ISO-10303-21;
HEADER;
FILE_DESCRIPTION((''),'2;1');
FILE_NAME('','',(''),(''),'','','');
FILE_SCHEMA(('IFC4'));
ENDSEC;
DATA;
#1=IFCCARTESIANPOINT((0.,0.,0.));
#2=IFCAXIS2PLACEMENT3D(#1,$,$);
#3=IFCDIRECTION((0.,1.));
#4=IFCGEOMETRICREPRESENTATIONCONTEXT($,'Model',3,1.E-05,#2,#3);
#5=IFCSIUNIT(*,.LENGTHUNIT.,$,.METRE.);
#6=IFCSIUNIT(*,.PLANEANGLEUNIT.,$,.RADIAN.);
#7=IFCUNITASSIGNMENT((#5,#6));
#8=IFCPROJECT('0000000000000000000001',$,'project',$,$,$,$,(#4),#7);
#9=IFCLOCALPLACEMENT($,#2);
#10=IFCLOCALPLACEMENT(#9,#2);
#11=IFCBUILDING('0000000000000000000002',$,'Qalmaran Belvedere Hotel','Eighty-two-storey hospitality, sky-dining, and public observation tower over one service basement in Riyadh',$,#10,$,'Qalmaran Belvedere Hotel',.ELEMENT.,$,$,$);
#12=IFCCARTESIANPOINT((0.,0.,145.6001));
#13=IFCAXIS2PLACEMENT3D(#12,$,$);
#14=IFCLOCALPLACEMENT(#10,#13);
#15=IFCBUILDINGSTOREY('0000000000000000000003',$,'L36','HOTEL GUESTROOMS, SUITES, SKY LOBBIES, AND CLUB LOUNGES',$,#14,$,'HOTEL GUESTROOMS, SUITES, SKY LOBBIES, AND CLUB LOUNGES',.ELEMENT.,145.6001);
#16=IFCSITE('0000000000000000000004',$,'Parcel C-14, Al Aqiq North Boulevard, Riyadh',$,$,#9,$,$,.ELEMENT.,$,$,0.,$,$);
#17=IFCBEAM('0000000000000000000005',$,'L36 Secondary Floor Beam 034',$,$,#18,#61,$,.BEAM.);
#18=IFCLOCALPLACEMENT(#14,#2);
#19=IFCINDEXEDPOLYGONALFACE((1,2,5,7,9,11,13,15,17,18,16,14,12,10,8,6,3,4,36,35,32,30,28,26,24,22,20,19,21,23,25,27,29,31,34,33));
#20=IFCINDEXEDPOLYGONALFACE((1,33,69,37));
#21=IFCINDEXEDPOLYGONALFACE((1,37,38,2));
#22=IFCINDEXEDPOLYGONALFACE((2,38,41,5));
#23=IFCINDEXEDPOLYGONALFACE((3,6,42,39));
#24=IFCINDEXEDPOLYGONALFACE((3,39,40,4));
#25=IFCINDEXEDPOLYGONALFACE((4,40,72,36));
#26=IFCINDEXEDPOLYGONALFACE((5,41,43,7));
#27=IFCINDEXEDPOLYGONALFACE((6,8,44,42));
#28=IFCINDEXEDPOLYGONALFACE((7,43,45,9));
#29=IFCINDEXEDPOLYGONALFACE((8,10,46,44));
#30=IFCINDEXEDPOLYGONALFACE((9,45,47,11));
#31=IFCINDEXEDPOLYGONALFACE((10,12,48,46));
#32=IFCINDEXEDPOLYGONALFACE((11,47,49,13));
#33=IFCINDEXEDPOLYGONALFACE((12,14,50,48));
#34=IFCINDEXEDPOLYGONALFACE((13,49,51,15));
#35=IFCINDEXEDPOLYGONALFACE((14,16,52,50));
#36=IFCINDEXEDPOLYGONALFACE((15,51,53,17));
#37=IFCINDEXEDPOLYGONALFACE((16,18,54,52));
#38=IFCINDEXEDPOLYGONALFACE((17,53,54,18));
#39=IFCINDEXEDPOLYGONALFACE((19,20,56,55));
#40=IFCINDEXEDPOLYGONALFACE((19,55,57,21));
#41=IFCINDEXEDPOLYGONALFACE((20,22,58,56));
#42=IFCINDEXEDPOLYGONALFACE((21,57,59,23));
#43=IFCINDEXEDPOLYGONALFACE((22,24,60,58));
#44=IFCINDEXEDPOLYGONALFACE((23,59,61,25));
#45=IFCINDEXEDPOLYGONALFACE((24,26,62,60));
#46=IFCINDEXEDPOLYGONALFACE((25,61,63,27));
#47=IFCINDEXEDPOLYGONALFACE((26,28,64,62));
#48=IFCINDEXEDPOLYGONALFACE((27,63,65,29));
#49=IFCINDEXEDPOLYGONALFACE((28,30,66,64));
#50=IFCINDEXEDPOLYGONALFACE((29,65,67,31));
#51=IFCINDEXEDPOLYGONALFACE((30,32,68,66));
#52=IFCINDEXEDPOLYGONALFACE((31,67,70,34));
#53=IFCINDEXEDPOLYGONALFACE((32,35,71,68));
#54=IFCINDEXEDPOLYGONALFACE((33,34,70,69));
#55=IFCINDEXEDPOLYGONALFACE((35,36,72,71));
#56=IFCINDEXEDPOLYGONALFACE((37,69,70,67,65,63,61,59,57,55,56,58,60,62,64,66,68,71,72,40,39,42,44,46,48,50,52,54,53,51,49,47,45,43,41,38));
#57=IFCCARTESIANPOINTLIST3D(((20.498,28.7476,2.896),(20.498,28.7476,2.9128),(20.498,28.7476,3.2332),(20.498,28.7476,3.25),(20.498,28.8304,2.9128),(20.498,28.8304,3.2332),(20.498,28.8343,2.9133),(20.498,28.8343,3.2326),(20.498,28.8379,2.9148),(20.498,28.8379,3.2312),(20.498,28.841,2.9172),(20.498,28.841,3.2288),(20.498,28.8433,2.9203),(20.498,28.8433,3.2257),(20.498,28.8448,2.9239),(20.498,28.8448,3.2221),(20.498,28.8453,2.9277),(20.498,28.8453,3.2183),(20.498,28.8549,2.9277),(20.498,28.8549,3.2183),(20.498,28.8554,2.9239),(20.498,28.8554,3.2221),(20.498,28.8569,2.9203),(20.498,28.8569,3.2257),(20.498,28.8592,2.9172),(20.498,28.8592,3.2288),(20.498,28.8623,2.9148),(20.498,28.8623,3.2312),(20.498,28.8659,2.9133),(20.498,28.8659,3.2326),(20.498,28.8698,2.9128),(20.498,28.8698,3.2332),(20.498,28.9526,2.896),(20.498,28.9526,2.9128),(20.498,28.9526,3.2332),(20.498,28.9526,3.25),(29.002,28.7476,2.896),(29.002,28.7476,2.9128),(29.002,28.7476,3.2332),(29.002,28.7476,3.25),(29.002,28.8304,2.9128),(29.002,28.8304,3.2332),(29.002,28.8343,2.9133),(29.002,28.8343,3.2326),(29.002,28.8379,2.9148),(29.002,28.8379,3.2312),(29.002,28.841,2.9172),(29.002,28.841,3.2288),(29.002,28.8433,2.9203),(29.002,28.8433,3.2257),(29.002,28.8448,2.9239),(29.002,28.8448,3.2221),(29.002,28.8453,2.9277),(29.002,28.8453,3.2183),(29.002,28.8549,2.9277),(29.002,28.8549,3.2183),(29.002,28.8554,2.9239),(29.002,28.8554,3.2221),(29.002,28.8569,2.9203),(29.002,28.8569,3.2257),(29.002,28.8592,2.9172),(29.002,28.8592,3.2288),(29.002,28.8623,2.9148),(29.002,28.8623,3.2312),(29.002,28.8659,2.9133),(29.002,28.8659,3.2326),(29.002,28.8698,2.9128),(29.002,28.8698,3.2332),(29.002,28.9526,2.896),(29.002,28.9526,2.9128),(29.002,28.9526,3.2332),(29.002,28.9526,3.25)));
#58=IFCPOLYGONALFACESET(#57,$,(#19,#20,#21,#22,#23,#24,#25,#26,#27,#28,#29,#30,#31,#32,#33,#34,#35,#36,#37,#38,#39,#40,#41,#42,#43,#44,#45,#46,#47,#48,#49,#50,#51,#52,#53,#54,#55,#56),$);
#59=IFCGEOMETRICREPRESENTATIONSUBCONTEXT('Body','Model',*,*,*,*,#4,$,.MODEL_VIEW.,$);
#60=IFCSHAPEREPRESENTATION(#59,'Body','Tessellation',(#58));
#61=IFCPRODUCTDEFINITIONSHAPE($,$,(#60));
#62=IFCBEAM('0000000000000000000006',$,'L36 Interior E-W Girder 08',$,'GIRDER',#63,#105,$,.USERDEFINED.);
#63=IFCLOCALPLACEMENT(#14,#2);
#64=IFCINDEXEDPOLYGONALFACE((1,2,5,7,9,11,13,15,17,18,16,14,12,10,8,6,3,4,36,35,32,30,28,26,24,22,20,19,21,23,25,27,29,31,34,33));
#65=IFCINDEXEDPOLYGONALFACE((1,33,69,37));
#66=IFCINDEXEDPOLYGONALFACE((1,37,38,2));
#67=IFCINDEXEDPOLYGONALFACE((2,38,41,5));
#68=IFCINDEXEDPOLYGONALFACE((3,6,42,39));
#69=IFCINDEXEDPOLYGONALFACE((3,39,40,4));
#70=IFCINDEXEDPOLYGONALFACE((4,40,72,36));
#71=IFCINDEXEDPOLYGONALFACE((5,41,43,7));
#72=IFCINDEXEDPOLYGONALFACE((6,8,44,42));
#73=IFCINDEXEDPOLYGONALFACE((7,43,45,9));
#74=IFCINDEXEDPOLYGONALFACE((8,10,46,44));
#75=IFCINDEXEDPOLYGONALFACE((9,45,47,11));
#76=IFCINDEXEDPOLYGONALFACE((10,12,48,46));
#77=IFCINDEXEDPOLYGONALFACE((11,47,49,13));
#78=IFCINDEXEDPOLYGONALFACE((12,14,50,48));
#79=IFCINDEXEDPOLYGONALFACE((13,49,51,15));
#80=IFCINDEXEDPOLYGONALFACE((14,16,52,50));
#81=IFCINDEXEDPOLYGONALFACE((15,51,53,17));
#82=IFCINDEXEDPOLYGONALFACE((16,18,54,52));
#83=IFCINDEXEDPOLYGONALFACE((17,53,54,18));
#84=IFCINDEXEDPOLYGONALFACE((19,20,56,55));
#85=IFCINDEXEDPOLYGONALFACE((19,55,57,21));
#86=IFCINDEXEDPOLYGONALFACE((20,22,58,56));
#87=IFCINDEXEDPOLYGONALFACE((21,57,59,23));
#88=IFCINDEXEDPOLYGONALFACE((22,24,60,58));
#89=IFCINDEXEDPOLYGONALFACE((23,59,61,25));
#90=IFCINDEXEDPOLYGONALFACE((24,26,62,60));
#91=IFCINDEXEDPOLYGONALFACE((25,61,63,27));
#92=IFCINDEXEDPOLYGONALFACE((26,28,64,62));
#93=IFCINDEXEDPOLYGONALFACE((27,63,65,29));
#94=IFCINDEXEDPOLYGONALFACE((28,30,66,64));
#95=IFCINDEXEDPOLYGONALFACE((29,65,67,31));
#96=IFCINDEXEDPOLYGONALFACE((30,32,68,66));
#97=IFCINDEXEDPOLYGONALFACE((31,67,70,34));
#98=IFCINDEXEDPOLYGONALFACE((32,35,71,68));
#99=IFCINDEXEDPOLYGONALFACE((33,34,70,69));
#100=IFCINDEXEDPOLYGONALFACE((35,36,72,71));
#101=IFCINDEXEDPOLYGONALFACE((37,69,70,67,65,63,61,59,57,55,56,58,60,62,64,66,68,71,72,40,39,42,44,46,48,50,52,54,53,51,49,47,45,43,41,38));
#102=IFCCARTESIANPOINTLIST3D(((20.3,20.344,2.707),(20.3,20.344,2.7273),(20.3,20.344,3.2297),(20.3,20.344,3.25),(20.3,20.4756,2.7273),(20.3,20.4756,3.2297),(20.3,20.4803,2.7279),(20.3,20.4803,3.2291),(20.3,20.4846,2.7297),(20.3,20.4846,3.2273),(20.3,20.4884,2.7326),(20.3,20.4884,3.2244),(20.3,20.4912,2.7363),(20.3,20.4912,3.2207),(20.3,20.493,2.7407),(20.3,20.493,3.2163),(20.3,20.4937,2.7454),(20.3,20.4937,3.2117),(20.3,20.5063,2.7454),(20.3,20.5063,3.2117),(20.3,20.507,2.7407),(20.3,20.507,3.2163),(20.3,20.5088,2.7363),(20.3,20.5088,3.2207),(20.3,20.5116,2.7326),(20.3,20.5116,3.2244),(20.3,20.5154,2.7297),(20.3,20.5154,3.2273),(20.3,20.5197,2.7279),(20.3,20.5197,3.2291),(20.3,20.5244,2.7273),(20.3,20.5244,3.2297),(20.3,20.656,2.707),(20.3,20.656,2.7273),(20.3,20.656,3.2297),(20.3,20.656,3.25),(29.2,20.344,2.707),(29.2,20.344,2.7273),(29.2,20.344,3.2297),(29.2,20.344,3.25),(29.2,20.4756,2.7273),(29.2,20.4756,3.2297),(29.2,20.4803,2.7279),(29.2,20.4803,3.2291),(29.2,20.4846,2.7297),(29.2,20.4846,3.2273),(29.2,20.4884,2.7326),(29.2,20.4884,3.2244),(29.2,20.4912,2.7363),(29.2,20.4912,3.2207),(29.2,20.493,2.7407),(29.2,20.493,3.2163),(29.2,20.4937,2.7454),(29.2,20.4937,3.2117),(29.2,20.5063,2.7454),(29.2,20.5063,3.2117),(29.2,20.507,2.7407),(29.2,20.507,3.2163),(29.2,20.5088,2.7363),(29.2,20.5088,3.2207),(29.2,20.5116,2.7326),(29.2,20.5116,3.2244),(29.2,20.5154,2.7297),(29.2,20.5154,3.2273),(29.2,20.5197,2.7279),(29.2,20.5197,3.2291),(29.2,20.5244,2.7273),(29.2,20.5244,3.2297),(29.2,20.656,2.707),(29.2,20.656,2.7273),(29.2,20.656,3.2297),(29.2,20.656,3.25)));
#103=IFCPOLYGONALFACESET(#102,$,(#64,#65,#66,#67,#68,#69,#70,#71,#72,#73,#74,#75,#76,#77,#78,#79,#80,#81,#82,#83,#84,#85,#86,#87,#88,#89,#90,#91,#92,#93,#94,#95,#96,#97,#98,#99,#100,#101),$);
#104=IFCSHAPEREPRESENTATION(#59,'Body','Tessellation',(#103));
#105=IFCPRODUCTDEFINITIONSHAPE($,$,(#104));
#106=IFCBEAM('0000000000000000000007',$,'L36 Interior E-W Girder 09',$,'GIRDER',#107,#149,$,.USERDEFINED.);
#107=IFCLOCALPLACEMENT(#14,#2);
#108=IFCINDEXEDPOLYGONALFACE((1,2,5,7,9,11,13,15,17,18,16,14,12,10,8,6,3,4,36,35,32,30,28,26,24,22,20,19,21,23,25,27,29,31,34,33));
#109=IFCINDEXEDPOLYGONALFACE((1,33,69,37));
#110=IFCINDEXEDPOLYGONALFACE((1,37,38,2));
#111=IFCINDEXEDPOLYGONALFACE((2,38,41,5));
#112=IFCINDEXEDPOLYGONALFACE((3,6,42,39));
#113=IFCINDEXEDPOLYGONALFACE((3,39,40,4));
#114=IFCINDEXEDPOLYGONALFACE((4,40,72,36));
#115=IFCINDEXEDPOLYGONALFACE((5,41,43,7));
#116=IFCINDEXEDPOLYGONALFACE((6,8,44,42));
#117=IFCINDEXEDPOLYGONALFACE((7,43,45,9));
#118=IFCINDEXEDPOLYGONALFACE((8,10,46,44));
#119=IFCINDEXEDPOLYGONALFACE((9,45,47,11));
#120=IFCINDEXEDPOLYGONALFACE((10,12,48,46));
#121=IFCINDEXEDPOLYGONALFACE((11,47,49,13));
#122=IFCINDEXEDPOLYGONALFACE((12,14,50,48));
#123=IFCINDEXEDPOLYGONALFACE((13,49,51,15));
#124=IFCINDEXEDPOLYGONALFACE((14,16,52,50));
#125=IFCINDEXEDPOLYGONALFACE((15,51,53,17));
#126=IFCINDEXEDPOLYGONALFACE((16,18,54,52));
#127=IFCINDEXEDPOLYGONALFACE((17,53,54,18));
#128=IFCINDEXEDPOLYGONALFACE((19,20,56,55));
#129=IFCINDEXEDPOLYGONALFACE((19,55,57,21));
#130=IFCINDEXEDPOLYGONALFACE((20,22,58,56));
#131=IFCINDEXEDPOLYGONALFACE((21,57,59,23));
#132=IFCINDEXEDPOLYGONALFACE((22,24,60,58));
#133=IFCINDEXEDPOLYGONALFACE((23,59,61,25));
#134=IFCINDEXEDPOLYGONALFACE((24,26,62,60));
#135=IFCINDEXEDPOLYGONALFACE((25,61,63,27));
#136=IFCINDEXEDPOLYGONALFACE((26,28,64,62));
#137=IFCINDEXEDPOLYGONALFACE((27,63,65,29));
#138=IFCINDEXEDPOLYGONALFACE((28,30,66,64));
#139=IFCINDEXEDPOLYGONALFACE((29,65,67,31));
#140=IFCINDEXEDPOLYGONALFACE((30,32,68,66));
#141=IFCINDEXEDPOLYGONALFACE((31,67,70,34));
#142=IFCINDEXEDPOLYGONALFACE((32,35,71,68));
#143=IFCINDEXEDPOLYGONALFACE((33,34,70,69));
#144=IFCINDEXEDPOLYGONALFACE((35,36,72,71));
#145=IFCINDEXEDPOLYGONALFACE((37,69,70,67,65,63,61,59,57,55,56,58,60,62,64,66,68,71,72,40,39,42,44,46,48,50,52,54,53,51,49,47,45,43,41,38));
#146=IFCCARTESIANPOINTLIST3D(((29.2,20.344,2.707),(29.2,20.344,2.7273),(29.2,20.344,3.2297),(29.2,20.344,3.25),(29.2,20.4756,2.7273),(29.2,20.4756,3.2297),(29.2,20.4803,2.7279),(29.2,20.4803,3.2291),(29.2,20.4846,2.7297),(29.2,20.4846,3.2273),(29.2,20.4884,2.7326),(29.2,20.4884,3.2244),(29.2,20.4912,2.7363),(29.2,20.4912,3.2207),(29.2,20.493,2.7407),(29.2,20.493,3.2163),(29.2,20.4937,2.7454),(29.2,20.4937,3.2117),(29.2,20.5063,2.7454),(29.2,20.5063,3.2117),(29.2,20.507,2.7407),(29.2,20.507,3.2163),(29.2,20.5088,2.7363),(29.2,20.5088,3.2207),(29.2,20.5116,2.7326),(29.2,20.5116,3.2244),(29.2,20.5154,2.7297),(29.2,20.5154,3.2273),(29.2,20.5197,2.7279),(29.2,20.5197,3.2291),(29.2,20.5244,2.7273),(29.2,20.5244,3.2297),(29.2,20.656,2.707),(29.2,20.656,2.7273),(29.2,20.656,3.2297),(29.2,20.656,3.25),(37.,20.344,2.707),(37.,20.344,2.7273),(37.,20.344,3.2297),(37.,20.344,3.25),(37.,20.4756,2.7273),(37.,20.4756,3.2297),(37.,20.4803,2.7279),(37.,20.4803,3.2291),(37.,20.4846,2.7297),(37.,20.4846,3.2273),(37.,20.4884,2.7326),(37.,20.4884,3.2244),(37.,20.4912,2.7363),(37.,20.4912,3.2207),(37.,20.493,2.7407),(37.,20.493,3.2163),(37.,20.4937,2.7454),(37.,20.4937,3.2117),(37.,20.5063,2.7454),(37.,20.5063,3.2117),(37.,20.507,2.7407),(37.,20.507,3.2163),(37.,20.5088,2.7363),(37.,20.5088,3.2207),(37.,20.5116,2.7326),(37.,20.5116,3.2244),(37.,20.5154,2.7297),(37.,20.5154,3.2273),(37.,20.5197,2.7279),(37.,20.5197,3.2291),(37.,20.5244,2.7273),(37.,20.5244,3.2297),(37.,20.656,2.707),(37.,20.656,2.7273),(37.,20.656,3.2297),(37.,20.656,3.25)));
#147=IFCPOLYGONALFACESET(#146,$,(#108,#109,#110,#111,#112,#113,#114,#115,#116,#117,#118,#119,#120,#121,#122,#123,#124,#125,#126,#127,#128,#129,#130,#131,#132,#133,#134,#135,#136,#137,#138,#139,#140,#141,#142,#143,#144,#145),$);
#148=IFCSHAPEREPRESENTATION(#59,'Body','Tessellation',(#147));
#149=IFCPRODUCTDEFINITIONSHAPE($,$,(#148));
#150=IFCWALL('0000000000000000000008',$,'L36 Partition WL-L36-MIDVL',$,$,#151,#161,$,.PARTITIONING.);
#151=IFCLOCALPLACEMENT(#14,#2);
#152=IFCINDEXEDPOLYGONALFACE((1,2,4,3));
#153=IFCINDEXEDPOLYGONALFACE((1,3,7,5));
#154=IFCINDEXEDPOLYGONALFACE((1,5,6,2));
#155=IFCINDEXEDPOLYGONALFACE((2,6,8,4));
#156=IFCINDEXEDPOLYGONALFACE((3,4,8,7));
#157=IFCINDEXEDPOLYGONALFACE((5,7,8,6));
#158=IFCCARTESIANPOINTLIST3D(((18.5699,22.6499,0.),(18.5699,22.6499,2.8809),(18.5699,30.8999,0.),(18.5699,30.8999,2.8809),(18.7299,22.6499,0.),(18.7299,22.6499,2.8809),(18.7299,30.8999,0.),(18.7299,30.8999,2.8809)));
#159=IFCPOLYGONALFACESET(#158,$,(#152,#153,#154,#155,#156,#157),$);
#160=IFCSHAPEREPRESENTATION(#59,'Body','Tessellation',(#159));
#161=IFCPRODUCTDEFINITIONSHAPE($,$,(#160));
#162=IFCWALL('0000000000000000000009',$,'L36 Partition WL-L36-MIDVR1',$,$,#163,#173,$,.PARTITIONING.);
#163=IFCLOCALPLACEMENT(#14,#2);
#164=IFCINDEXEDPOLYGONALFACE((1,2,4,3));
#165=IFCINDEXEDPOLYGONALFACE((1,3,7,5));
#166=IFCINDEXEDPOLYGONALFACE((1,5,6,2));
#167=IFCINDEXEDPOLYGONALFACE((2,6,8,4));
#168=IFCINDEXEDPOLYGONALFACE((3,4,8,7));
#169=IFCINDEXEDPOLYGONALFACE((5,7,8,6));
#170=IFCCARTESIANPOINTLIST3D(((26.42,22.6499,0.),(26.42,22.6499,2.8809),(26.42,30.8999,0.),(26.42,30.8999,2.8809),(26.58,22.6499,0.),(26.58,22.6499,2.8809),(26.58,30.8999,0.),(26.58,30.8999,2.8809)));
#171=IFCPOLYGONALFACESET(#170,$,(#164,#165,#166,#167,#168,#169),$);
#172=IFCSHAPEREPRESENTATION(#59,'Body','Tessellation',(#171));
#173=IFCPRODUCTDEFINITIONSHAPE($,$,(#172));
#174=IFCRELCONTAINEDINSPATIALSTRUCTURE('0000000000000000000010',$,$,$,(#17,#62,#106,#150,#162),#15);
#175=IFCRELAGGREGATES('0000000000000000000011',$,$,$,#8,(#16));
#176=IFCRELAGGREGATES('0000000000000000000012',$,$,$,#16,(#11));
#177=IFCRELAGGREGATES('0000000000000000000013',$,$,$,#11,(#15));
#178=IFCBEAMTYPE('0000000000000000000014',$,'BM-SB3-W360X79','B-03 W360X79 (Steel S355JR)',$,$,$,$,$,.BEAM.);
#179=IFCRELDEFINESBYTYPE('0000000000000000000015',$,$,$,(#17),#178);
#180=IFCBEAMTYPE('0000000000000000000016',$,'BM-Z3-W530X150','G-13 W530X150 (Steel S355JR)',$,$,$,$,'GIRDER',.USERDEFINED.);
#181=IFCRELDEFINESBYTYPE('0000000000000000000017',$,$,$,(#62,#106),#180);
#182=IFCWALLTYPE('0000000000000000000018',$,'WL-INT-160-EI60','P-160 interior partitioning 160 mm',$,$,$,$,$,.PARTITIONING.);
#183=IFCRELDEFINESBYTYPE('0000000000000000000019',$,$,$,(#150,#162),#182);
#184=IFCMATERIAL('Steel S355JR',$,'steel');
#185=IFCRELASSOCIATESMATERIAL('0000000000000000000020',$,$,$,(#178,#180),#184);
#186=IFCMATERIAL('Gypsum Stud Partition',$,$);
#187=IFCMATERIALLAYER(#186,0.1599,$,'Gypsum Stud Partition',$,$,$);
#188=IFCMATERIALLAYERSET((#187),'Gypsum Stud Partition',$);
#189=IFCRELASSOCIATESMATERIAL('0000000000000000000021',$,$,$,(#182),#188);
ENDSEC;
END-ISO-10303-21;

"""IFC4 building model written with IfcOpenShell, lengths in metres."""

from ifc_helpers import new_model, si_unit, direction, frame, frame_2d, origin, origin_2d, place, context, subcontext, project, spatial, rectangle, i_section, extrude, material, layer, layer_set, material_profile, profile_set, type_object, element, save


model = new_model("IFC4")

# Units and contexts
model_context = context("Model", 3, precision=1e-05, world=origin(), true_north=direction((0.0, 1.0)))
body_context = subcontext(model_context, "Body", "Model", "MODEL_VIEW")
ifc_project = project(units=[si_unit("LENGTHUNIT", "METRE"), si_unit("PLANEANGLEUNIT", "RADIAN")], contexts=[model_context])

# Site, building, storey
site_placement = place(None, origin())
site = spatial("IfcSite", under=ifc_project, at=site_placement, Name="Parcel C-14, Al Aqiq North Boulevard, Riyadh", CompositionType="ELEMENT", RefElevation=0.0)
building_placement = place(site_placement, origin())
building = spatial("IfcBuilding", under=site, at=building_placement, Name="Qalmaran Belvedere Hotel", Description="Eighty-two-storey hospitality, sky-dining, and public observation tower over one service basement in Riyadh", LongName="Qalmaran Belvedere Hotel", CompositionType="ELEMENT")
storey_placement = place(building_placement, frame((0.0, 0.0, 145.6001)))
storey = spatial("IfcBuildingStorey", under=building, at=storey_placement, Name="L36", Description="HOTEL GUESTROOMS, SUITES, SKY LOBBIES, AND CLUB LOUNGES", LongName="HOTEL GUESTROOMS, SUITES, SKY LOBBIES, AND CLUB LOUNGES", CompositionType="ELEMENT", Elevation=145.6001)

# Beams
ifc_material_1 = material(Name="Steel S355JR", Category="steel")
ifc_material_profile_1 = material_profile(ifc_material_1, i_section(OverallWidth=0.2051, OverallDepth=0.354, WebThickness=0.0095, FlangeThickness=0.0168, FilletRadius=0.0149, at=origin_2d()), Name="W360X79")
ifc_profile_set_1 = profile_set([ifc_material_profile_1], Name="Steel S355JR")
beam_type_1 = type_object("IfcBeamType", Name="BM-SB3-W360X79", Description="B-03 W360X79 (Steel S355JR)", PredefinedType="BEAM", material=ifc_profile_set_1)
for number, where, z_axis, x_axis, name in (
    (1, (20.498, 28.8501, 3.073), (1.0, 0.0, 0.0), (0.0, 1.0, 0.0), "L36 Secondary Floor Beam 034"),
):
    element("IfcBeam", number, at=place(storey_placement, frame(where, z_axis=z_axis, x_axis=x_axis)), inside=storey, type_object=beam_type_1, Name=name, PredefinedType="BEAM", context=body_context, shape_type="SweptSolid", body=[
        extrude(i_section(OverallWidth=0.2051, OverallDepth=0.354, WebThickness=0.0095, FlangeThickness=0.0168, FilletRadius=0.0149, at=origin_2d()), origin(), (0.0, 0.0, 1.0), 8.5039),
    ])
ifc_material_profile_2 = material_profile(ifc_material_1, i_section(OverallWidth=0.312, OverallDepth=0.543, WebThickness=0.0127, FlangeThickness=0.0203, FilletRadius=0.0181, at=origin_2d()), Name="W530X150")
ifc_profile_set_2 = profile_set([ifc_material_profile_2], Name="Steel S355JR")
beam_type_2 = type_object("IfcBeamType", Name="BM-Z3-W530X150", Description="G-13 W530X150 (Steel S355JR)", ElementType="GIRDER", PredefinedType="USERDEFINED", material=ifc_profile_set_2)
beam_1_placement = place(storey_placement, frame((20.3, 20.5, 2.9785), z_axis=(1.0, 0.0, 0.0), x_axis=(0.0, 1.0, 0.0)))
element("IfcBeam", 2, at=beam_1_placement, inside=storey, type_object=beam_type_2, Name="L36 Interior E-W Girder 08", ObjectType="GIRDER", PredefinedType="USERDEFINED", context=body_context, shape_type="SweptSolid", body=[
    extrude(i_section(OverallWidth=0.312, OverallDepth=0.543, WebThickness=0.0127, FlangeThickness=0.0203, FilletRadius=0.0181, at=origin_2d()), origin(), (0.0, 0.0, 1.0), 8.8999),
])
beam_2_placement = place(storey_placement, frame((29.2, 20.5, 2.9785), z_axis=(1.0, 0.0, 0.0), x_axis=(0.0, 1.0, 0.0)))
element("IfcBeam", 3, at=beam_2_placement, inside=storey, type_object=beam_type_2, Name="L36 Interior E-W Girder 09", ObjectType="GIRDER", PredefinedType="USERDEFINED", context=body_context, shape_type="SweptSolid", body=[
    extrude(i_section(OverallWidth=0.312, OverallDepth=0.543, WebThickness=0.0127, FlangeThickness=0.0203, FilletRadius=0.0181, at=origin_2d()), origin(), (0.0, 0.0, 1.0), 7.8),
])

# Shared definitions
ifc_material_2 = material(Name="Gypsum Stud Partition")

# Walls
ifc_layer_1 = layer(ifc_material_2, 0.1599, Name="Gypsum Stud Partition")
ifc_layer_set_1 = layer_set([ifc_layer_1], Name="Gypsum Stud Partition")
wall_type_1 = type_object("IfcWallType", Name="WL-INT-160-EI60", Description="P-160 interior partitioning 160 mm", PredefinedType="PARTITIONING", material=ifc_layer_set_1)
for number, where, z_axis, x_axis, name in (
    (4, (18.6499, 22.6499, 0.0), (0.0, 0.0, 1.0), (0.0, 1.0, 0.0), "L36 Partition WL-L36-MIDVL"),
    (5, (26.5, 22.6499, 0.0), (0.0, 0.0, 1.0), (0.0, 1.0, 0.0), "L36 Partition WL-L36-MIDVR1"),
):
    element("IfcWall", number, at=place(storey_placement, frame(where, z_axis=z_axis, x_axis=x_axis)), inside=storey, type_object=wall_type_1, Name=name, PredefinedType="PARTITIONING", context=body_context, shape_type="SweptSolid", body=[
        extrude(rectangle(XDim=8.25, YDim=0.1599, at=frame_2d((4.125, 0.0))), origin(), (0.0, 0.0, 1.0), 2.8809),
    ])

save(model, "model.ifc")
